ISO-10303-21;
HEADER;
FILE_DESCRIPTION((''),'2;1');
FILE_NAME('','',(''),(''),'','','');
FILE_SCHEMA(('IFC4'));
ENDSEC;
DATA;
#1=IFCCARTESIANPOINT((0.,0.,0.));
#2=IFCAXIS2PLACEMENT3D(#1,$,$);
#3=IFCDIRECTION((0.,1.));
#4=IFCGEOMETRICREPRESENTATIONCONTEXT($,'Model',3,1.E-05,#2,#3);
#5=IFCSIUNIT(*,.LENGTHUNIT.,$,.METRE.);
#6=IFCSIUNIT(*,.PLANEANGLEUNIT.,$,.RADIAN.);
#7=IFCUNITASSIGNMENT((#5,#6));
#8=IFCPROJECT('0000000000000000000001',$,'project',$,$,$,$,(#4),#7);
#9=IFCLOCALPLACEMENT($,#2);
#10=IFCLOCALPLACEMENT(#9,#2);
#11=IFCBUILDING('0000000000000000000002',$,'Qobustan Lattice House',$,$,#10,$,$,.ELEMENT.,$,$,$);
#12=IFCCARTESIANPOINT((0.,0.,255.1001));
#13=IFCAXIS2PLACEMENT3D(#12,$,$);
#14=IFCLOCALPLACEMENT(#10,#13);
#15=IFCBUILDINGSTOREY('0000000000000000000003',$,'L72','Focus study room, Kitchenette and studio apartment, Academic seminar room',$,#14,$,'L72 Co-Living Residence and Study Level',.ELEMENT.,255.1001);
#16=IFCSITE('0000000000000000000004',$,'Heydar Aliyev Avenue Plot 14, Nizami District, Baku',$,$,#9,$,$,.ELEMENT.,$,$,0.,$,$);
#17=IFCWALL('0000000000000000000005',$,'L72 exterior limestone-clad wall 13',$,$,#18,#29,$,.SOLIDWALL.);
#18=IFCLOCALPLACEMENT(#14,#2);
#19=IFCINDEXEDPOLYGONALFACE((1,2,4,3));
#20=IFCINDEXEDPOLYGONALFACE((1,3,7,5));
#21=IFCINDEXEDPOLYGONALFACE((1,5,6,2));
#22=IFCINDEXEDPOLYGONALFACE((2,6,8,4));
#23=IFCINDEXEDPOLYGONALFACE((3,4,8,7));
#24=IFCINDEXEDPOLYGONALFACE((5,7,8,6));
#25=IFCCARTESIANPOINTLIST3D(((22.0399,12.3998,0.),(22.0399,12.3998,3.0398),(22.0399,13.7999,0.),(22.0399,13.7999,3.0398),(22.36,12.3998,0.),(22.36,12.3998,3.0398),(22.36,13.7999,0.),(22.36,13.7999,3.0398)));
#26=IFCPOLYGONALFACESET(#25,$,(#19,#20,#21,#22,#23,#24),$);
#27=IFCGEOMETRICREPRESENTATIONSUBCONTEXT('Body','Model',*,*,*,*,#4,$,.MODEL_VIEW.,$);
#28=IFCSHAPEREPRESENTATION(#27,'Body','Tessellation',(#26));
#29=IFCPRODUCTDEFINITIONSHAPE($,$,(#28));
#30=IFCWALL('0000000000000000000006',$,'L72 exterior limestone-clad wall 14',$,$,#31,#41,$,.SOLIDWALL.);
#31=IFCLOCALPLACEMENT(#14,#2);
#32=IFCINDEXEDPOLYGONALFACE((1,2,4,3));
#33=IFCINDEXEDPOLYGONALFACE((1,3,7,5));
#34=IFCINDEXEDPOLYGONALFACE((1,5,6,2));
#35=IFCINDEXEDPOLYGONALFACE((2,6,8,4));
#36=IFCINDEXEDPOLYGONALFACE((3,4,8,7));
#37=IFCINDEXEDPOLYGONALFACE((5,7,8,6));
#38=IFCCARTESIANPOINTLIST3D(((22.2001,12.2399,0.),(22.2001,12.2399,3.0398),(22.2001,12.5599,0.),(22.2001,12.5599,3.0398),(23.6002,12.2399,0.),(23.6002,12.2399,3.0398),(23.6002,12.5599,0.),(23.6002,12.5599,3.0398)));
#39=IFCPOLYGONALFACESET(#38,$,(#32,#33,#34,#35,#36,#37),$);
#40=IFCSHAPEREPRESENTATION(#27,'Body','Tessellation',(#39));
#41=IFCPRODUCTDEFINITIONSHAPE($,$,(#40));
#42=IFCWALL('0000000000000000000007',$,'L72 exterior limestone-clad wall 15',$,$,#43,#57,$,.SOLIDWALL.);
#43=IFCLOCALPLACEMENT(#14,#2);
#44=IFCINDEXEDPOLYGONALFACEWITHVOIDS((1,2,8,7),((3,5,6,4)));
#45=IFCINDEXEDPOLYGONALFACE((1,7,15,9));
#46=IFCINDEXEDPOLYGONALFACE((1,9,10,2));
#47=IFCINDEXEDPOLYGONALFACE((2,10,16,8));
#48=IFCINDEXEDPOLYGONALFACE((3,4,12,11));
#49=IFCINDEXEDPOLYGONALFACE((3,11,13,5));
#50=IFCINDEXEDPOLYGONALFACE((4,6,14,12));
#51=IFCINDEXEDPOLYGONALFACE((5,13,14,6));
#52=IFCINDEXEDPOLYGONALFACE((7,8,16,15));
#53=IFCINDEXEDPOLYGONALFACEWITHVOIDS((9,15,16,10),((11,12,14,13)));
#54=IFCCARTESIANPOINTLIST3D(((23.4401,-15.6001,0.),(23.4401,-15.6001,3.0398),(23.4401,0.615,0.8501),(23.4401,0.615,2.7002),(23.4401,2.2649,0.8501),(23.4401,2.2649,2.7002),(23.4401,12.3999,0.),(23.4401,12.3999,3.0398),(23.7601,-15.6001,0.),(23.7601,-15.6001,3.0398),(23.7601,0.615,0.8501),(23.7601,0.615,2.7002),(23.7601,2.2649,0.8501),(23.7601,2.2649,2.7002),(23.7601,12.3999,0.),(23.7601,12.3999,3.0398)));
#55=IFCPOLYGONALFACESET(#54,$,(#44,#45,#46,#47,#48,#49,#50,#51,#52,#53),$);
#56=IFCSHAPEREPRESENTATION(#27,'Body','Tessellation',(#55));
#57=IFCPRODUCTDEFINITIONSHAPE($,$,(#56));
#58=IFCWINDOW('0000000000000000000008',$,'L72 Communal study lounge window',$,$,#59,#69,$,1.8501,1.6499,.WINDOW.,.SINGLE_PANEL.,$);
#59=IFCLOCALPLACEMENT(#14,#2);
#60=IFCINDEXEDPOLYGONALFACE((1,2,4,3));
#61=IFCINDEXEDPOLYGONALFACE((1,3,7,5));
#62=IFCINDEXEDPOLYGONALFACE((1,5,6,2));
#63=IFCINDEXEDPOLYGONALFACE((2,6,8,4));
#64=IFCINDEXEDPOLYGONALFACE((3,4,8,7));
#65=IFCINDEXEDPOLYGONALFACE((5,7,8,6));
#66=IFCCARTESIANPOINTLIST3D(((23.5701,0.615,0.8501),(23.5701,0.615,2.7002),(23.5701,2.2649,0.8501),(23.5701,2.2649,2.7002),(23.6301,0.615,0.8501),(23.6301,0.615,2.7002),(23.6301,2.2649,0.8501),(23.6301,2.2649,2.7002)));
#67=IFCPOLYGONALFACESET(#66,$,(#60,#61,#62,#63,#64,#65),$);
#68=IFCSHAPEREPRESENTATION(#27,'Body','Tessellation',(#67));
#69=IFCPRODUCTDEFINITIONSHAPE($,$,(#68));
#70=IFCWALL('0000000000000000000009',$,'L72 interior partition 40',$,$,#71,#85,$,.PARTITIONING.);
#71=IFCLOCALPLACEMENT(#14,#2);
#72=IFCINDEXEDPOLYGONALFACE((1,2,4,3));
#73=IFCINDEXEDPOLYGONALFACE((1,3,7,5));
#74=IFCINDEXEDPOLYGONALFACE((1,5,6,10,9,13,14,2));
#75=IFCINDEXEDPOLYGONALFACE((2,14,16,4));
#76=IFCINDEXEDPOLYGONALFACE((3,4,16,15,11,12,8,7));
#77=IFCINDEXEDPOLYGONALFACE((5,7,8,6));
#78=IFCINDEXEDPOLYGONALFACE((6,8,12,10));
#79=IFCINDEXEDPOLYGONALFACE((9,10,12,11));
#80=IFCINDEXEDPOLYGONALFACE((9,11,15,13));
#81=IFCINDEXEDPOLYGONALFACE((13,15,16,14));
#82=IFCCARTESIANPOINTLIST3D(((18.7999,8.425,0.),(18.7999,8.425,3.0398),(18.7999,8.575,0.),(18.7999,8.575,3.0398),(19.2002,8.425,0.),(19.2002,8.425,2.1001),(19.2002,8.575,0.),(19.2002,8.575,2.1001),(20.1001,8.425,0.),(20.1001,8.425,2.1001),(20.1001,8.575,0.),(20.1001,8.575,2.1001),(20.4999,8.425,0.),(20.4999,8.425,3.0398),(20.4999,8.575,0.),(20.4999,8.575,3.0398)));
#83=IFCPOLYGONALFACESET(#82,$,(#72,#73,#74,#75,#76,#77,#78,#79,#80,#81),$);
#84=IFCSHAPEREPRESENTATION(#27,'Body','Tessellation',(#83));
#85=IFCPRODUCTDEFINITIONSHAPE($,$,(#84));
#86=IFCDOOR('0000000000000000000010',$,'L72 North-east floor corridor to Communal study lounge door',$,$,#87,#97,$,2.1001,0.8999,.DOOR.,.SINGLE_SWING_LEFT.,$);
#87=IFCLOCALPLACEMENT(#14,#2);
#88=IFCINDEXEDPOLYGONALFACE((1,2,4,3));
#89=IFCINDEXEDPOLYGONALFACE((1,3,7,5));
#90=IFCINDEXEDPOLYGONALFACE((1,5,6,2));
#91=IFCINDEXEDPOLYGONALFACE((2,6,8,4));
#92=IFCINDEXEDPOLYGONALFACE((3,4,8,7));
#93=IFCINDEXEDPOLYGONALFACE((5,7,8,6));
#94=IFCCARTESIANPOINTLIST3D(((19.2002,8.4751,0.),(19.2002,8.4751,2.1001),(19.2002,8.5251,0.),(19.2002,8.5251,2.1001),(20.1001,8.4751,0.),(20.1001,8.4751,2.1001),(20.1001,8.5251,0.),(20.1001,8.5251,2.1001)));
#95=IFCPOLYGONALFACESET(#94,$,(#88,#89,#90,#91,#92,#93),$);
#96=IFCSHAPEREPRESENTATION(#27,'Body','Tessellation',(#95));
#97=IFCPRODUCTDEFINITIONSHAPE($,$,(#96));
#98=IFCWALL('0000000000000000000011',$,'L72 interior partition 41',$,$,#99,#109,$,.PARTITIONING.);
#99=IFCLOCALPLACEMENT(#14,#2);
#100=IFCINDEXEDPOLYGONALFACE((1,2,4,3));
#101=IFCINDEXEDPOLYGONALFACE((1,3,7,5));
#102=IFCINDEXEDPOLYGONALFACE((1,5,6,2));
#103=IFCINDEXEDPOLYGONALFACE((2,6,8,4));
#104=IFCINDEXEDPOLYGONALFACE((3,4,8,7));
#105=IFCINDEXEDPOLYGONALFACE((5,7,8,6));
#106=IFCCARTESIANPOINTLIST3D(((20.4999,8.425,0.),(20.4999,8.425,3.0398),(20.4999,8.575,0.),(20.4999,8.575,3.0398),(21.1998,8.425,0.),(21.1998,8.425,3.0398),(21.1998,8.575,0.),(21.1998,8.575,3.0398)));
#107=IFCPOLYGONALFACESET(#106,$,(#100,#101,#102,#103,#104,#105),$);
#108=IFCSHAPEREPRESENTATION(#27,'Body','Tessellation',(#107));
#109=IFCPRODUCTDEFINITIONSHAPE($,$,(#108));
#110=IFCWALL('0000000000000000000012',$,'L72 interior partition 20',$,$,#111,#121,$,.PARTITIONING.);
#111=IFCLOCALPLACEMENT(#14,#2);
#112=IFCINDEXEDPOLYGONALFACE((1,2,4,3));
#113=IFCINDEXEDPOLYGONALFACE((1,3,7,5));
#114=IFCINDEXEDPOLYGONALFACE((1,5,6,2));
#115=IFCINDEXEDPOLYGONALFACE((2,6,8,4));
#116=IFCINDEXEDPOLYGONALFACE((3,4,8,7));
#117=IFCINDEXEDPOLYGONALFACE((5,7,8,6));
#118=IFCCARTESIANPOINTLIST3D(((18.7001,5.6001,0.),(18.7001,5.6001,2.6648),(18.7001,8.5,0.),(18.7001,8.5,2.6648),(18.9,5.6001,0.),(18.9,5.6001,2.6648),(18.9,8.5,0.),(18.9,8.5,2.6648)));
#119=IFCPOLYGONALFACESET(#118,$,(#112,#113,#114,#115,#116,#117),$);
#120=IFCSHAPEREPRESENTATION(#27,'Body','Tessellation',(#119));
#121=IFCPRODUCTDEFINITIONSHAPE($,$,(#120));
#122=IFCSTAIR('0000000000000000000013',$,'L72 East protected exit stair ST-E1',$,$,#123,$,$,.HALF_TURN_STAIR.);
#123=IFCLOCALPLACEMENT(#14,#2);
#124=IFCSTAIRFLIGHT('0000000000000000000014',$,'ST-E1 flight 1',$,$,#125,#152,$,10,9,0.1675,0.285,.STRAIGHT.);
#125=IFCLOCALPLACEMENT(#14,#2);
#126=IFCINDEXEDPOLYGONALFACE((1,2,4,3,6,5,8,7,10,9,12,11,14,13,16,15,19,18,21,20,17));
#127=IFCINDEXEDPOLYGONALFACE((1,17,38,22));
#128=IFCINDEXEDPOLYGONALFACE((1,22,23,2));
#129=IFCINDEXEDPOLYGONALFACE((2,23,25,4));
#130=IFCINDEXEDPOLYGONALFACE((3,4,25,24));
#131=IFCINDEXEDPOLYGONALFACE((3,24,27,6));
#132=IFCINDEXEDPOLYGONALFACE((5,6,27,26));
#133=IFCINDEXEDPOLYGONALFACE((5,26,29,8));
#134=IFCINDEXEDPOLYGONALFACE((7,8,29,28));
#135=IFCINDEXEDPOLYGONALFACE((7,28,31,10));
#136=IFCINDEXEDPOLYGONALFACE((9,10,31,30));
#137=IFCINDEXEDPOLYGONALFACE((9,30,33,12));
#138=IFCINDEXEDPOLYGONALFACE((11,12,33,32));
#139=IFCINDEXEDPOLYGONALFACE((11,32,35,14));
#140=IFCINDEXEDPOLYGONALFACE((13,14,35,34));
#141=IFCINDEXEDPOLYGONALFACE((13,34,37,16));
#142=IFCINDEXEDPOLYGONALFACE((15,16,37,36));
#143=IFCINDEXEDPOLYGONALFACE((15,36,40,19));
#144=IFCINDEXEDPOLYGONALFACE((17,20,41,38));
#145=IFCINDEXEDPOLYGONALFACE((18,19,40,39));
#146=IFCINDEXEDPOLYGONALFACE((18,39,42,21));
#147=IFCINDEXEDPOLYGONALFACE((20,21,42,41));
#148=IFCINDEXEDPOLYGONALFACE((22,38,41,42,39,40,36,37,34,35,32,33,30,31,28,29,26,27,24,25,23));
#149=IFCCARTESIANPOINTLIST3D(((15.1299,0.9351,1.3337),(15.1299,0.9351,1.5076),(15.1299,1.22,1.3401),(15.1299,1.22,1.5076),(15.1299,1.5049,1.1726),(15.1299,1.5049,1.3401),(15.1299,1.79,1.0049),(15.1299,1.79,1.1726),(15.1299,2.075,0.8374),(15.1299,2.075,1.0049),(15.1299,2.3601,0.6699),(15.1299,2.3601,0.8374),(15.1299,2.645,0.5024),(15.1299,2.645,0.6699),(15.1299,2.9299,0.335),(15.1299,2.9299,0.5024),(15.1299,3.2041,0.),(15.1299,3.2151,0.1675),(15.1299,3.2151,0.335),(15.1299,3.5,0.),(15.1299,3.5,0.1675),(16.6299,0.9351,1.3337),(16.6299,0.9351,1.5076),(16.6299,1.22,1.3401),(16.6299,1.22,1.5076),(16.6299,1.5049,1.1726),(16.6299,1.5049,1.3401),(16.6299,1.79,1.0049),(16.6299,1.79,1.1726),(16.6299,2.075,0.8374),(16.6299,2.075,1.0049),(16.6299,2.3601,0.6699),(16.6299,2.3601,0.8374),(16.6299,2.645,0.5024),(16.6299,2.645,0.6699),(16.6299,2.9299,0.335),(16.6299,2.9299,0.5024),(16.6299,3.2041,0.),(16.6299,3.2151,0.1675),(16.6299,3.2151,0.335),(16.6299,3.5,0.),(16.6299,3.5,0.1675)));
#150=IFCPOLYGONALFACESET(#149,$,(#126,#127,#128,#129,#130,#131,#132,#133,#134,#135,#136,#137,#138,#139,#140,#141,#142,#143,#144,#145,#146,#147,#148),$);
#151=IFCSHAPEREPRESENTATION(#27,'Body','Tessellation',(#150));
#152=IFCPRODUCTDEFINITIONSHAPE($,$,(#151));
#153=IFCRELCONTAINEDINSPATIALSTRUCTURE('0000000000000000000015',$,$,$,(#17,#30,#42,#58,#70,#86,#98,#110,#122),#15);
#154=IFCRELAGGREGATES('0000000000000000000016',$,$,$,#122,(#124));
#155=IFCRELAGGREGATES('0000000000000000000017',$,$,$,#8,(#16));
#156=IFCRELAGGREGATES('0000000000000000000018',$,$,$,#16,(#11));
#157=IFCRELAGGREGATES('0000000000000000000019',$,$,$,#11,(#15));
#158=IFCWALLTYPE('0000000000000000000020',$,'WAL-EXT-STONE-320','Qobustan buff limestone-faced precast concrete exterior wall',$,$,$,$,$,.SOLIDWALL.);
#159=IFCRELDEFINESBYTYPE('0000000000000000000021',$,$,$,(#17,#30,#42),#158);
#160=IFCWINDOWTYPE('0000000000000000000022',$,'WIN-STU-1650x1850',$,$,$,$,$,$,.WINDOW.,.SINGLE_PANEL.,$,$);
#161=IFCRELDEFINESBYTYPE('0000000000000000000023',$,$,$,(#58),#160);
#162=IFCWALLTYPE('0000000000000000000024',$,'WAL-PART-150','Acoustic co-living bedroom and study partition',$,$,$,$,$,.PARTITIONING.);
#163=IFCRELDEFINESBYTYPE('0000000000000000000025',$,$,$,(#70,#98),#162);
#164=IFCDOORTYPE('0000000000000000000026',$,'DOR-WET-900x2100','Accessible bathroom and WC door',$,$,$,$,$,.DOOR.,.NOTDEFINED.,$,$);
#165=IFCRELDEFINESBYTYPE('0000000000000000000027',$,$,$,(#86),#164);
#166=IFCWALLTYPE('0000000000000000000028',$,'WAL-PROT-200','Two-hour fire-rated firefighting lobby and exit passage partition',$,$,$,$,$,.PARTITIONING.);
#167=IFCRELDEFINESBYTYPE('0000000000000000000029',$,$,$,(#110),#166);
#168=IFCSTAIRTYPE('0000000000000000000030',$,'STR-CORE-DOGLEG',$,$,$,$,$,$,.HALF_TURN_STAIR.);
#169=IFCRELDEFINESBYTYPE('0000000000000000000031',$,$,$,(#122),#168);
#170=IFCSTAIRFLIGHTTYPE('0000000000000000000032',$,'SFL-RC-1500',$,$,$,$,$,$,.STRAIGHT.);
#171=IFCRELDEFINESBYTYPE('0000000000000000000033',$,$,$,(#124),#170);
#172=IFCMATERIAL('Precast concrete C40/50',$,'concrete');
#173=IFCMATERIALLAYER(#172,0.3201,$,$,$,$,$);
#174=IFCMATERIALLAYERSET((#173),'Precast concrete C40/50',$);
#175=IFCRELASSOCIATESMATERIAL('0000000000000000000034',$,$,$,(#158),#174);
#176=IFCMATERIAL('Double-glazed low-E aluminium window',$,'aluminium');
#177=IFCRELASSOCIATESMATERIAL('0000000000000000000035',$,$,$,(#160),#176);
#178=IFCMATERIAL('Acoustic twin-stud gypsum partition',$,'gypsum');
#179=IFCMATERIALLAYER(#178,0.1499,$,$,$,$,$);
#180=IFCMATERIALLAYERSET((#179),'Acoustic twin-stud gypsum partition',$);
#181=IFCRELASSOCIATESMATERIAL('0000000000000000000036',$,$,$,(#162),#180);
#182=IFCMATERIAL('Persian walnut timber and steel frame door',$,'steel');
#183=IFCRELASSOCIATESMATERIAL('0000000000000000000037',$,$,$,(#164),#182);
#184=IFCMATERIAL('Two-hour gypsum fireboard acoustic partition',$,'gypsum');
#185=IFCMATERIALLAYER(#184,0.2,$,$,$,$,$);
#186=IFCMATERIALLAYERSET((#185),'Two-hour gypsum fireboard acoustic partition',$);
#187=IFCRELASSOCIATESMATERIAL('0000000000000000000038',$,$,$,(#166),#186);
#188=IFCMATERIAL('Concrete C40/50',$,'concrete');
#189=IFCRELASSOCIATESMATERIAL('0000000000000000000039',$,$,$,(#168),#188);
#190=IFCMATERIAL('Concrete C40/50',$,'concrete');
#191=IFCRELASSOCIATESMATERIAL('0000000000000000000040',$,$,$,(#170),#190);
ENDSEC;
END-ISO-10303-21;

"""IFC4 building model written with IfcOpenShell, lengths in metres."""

from ifc_helpers import new_model, si_unit, direction, frame, frame_2d, origin, place, context, subcontext, project, spatial, polyline, rectangle, outline, extrude, material, layer, layer_set, type_object, element, fill, aggregate, save


model = new_model("IFC4")

# Units and contexts
model_context = context("Model", 3, precision=1e-05, world=origin(), true_north=direction((0.0, 1.0)))
body_context = subcontext(model_context, "Body", "Model", "MODEL_VIEW")
ifc_project = project(units=[si_unit("LENGTHUNIT", "METRE"), si_unit("PLANEANGLEUNIT", "RADIAN")], contexts=[model_context])

# Site, building, storey
site_placement = place(None, origin())
site = spatial("IfcSite", under=ifc_project, at=site_placement, Name="Heydar Aliyev Avenue Plot 14, Nizami District, Baku", CompositionType="ELEMENT", RefElevation=0.0)
building_placement = place(site_placement, origin())
building = spatial("IfcBuilding", under=site, at=building_placement, Name="Qobustan Lattice House", CompositionType="ELEMENT")
storey_placement = place(building_placement, frame((0.0, 0.0, 255.1001)))
storey = spatial("IfcBuildingStorey", under=building, at=storey_placement, Name="L72", Description="Focus study room, Kitchenette and studio apartment, Academic seminar room", LongName="L72 Co-Living Residence and Study Level", CompositionType="ELEMENT", Elevation=255.1001)

# Walls
ifc_material_1 = material(Name="Precast concrete C40/50", Category="concrete")
ifc_layer_1 = layer(ifc_material_1, 0.3201)
ifc_layer_set_1 = layer_set([ifc_layer_1], Name="Precast concrete C40/50")
wall_type_1 = type_object("IfcWallType", Name="WAL-EXT-STONE-320", Description="Qobustan buff limestone-faced precast concrete exterior wall", PredefinedType="SOLIDWALL", material=ifc_layer_set_1)
for number, where, z_axis, x_axis, name in (
    (1, (22.2, 13.8, 0.0), (0.0, 0.0, 1.0), (0.0, -1.0, 0.0), "L72 exterior limestone-clad wall 13"),
    (2, (22.2, 12.3999, 0.0), (0.0, 0.0, 1.0), (1.0, 0.0, 0.0), "L72 exterior limestone-clad wall 14"),
):
    element("IfcWall", number, at=place(storey_placement, frame(where, z_axis=z_axis, x_axis=x_axis)), inside=storey, type_object=wall_type_1, Name=name, PredefinedType="SOLIDWALL", context=body_context, shape_type="SweptSolid", body=[
        extrude(rectangle(XDim=1.4001, YDim=0.3201, at=frame_2d((0.7002, 0.0))), origin(), (0.0, 0.0, 1.0), 3.0398),
    ])

# Wall, opening, window
wall_1_placement = place(storey_placement, frame((23.6001, 12.3999, 0.0), z_axis=(0.0, 0.0, 1.0), x_axis=(0.0, -1.0, 0.0)))
wall_1 = element("IfcWall", 3, at=wall_1_placement, inside=storey, type_object=wall_type_1, Name="L72 exterior limestone-clad wall 15", PredefinedType="SOLIDWALL", context=body_context, shape_type="SweptSolid", body=[
    extrude(rectangle(XDim=28.0, YDim=0.3201, at=frame_2d((14.0, 0.0))), origin(), (0.0, 0.0, 1.0), 3.0398),
])
opening_1_placement = place(wall_1_placement, frame((10.135, 0.0, 0.8501)))
opening_1 = element("IfcOpeningElement", 4, at=opening_1_placement, cuts=wall_1, PredefinedType="OPENING", context=body_context, shape_type="SweptSolid", body=[
    extrude(rectangle(XDim=1.6499, YDim=1.8501, at=frame_2d((0.825, 0.925))), frame((0.0, 0.1699, 0.0), z_axis=(0.0, -1.0, 0.0), x_axis=(1.0, 0.0, 0.0)), (0.0, 0.0, 1.0), 0.3401),
])
ifc_material_2 = material(Name="Double-glazed low-E aluminium window", Category="aluminium")
window_type = type_object("IfcWindowType", Name="WIN-STU-1650x1850", PartitioningType="SINGLE_PANEL", PredefinedType="WINDOW", material=ifc_material_2)
window_placement = place(opening_1_placement, origin())
window = element("IfcWindow", 5, at=window_placement, inside=storey, type_object=window_type, Name="L72 Communal study lounge window", OverallHeight=1.8501, OverallWidth=1.6499, PartitioningType="SINGLE_PANEL", PredefinedType="WINDOW", context=body_context, shape_type="SweptSolid", body=[
    extrude(rectangle(XDim=1.6499, YDim=1.8501, at=frame_2d((0.825, 0.925))), frame((0.0, 0.03, 0.0), z_axis=(0.0, -1.0, 0.0), x_axis=(1.0, 0.0, 0.0)), (0.0, 0.0, 1.0), 0.0601),
])
fill(opening_1, window)

# Wall, opening, door
ifc_material_3 = material(Name="Acoustic twin-stud gypsum partition", Category="gypsum")
ifc_layer_2 = layer(ifc_material_3, 0.1499)
ifc_layer_set_2 = layer_set([ifc_layer_2], Name="Acoustic twin-stud gypsum partition")
wall_type_2 = type_object("IfcWallType", Name="WAL-PART-150", Description="Acoustic co-living bedroom and study partition", PredefinedType="PARTITIONING", material=ifc_layer_set_2)
wall_2_placement = place(storey_placement, frame((20.5, 8.5, 0.0), z_axis=(0.0, 0.0, 1.0), x_axis=(-1.0, 0.0, 0.0)))
wall_2 = element("IfcWall", 6, at=wall_2_placement, inside=storey, type_object=wall_type_2, Name="L72 interior partition 40", PredefinedType="PARTITIONING", context=body_context, shape_type="SweptSolid", body=[
    extrude(rectangle(XDim=1.7, YDim=0.1499, at=frame_2d((0.8501, 0.0))), origin(), (0.0, 0.0, 1.0), 3.0398),
])
opening_2_placement = place(wall_2_placement, frame((0.3999, 0.0, 0.0)))
opening_2 = element("IfcOpeningElement", 7, at=opening_2_placement, cuts=wall_2, PredefinedType="OPENING", context=body_context, shape_type="SweptSolid", body=[
    extrude(rectangle(XDim=0.8999, YDim=2.1001, at=frame_2d((0.45, 1.05))), frame((0.0, 0.085, 0.0), z_axis=(0.0, -1.0, 0.0), x_axis=(1.0, 0.0, 0.0)), (0.0, 0.0, 1.0), 0.1699),
])
ifc_material_4 = material(Name="Persian walnut timber and steel frame door", Category="steel")
door_type_1 = type_object("IfcDoorType", Name="DOR-WET-900x2100", Description="Accessible bathroom and WC door", OperationType="NOTDEFINED", PredefinedType="DOOR", material=ifc_material_4)
door_1_placement = place(opening_2_placement, origin())
door_1 = element("IfcDoor", 8, at=door_1_placement, inside=storey, type_object=door_type_1, Name="L72 North-east floor corridor to Communal study lounge door", OperationType="SINGLE_SWING_LEFT", OverallHeight=2.1001, OverallWidth=0.8999, PredefinedType="DOOR", context=body_context, shape_type="SweptSolid", body=[
    extrude(rectangle(XDim=0.8999, YDim=2.1001, at=frame_2d((0.45, 1.05))), frame((0.0, 0.0249, 0.0), z_axis=(0.0, -1.0, 0.0), x_axis=(1.0, 0.0, 0.0)), (0.0, 0.0, 1.0), 0.05),
])
fill(opening_2, door_1)

# Wall
wall_3_placement = place(storey_placement, frame((21.2, 8.5, 0.0), z_axis=(0.0, 0.0, 1.0), x_axis=(-1.0, 0.0, 0.0)))
element("IfcWall", 9, at=wall_3_placement, inside=storey, type_object=wall_type_2, Name="L72 interior partition 41", PredefinedType="PARTITIONING", context=body_context, shape_type="SweptSolid", body=[
    extrude(rectangle(XDim=0.7, YDim=0.1499, at=frame_2d((0.3501, 0.0))), origin(), (0.0, 0.0, 1.0), 3.0398),
])

# Shared definitions
ifc_material_5 = material(Name="Two-hour gypsum fireboard acoustic partition", Category="gypsum")
ifc_layer_3 = layer(ifc_material_5, 0.2)
ifc_layer_set_3 = layer_set([ifc_layer_3], Name="Two-hour gypsum fireboard acoustic partition")
wall_type_3 = type_object("IfcWallType", Name="WAL-PROT-200", Description="Two-hour fire-rated firefighting lobby and exit passage partition", PredefinedType="PARTITIONING", material=ifc_layer_set_3)

# Wall
wall_4_placement = place(storey_placement, frame((18.8, 5.6001, 0.0), z_axis=(0.0, 0.0, 1.0), x_axis=(0.0, 1.0, 0.0)))
element("IfcWall", 10, at=wall_4_placement, inside=storey, type_object=wall_type_3, Name="L72 interior partition 20", PredefinedType="PARTITIONING", context=body_context, shape_type="SweptSolid", body=[
    extrude(rectangle(XDim=2.8999, YDim=0.2, at=frame_2d((1.45, 0.0))), origin(), (0.0, 0.0, 1.0), 2.6648),
])

# Stair, stair flight
ifc_material_6 = material(Name="Concrete C40/50", Category="concrete")
stair_type = type_object("IfcStairType", Name="STR-CORE-DOGLEG", PredefinedType="HALF_TURN_STAIR", material=ifc_material_6)
stair_placement = place(storey_placement, origin())
stair = element("IfcStair", 11, at=stair_placement, inside=storey, type_object=stair_type, Name="L72 East protected exit stair ST-E1", PredefinedType="HALF_TURN_STAIR")
ifc_material_7 = material(Name="Concrete C40/50", Category="concrete")
stair_flight_type = type_object("IfcStairFlightType", Name="SFL-RC-1500", PredefinedType="STRAIGHT", material=ifc_material_7)
stair_flight_1_placement = place(storey_placement, frame((15.8799, 3.5, 0.0), z_axis=(0.0, 0.0, 1.0), x_axis=(0.0, -1.0, 0.0)))
stair_flight_1 = element("IfcStairFlight", 12, at=stair_flight_1_placement, type_object=stair_flight_type, Name="ST-E1 flight 1", NumberOfRisers=10, NumberOfTreads=9, PredefinedType="STRAIGHT", RiserHeight=0.1675, TreadLength=0.285, context=body_context, shape_type="SweptSolid", body=[
    extrude(outline(polyline([(0.0, 0.0), (0.0, 0.1675), (0.2849, 0.1675), (0.2849, 0.335), (0.5701, 0.335), (0.5701, 0.5024), (0.855, 0.5024), (0.855, 0.6699), (1.1399, 0.6699), (1.1399, 0.8374), (1.425, 0.8374), (1.425, 1.0049), (1.71, 1.0049), (1.71, 1.1726), (1.9951, 1.1726), (1.9951, 1.3401), (2.28, 1.3401), (2.28, 1.5076), (2.5649, 1.5076), (2.5649, 1.675), (2.5649, 1.3337), (0.2959, 0.0), (0.0, 0.0)])), frame((0.0, 0.75, 0.0), z_axis=(0.0, -1.0, 0.0), x_axis=(1.0, 0.0, 0.0)), (0.0, 0.0, 1.0), 1.5),
])
aggregate(stair, [stair_flight_1])

save(model, "model.ifc")
